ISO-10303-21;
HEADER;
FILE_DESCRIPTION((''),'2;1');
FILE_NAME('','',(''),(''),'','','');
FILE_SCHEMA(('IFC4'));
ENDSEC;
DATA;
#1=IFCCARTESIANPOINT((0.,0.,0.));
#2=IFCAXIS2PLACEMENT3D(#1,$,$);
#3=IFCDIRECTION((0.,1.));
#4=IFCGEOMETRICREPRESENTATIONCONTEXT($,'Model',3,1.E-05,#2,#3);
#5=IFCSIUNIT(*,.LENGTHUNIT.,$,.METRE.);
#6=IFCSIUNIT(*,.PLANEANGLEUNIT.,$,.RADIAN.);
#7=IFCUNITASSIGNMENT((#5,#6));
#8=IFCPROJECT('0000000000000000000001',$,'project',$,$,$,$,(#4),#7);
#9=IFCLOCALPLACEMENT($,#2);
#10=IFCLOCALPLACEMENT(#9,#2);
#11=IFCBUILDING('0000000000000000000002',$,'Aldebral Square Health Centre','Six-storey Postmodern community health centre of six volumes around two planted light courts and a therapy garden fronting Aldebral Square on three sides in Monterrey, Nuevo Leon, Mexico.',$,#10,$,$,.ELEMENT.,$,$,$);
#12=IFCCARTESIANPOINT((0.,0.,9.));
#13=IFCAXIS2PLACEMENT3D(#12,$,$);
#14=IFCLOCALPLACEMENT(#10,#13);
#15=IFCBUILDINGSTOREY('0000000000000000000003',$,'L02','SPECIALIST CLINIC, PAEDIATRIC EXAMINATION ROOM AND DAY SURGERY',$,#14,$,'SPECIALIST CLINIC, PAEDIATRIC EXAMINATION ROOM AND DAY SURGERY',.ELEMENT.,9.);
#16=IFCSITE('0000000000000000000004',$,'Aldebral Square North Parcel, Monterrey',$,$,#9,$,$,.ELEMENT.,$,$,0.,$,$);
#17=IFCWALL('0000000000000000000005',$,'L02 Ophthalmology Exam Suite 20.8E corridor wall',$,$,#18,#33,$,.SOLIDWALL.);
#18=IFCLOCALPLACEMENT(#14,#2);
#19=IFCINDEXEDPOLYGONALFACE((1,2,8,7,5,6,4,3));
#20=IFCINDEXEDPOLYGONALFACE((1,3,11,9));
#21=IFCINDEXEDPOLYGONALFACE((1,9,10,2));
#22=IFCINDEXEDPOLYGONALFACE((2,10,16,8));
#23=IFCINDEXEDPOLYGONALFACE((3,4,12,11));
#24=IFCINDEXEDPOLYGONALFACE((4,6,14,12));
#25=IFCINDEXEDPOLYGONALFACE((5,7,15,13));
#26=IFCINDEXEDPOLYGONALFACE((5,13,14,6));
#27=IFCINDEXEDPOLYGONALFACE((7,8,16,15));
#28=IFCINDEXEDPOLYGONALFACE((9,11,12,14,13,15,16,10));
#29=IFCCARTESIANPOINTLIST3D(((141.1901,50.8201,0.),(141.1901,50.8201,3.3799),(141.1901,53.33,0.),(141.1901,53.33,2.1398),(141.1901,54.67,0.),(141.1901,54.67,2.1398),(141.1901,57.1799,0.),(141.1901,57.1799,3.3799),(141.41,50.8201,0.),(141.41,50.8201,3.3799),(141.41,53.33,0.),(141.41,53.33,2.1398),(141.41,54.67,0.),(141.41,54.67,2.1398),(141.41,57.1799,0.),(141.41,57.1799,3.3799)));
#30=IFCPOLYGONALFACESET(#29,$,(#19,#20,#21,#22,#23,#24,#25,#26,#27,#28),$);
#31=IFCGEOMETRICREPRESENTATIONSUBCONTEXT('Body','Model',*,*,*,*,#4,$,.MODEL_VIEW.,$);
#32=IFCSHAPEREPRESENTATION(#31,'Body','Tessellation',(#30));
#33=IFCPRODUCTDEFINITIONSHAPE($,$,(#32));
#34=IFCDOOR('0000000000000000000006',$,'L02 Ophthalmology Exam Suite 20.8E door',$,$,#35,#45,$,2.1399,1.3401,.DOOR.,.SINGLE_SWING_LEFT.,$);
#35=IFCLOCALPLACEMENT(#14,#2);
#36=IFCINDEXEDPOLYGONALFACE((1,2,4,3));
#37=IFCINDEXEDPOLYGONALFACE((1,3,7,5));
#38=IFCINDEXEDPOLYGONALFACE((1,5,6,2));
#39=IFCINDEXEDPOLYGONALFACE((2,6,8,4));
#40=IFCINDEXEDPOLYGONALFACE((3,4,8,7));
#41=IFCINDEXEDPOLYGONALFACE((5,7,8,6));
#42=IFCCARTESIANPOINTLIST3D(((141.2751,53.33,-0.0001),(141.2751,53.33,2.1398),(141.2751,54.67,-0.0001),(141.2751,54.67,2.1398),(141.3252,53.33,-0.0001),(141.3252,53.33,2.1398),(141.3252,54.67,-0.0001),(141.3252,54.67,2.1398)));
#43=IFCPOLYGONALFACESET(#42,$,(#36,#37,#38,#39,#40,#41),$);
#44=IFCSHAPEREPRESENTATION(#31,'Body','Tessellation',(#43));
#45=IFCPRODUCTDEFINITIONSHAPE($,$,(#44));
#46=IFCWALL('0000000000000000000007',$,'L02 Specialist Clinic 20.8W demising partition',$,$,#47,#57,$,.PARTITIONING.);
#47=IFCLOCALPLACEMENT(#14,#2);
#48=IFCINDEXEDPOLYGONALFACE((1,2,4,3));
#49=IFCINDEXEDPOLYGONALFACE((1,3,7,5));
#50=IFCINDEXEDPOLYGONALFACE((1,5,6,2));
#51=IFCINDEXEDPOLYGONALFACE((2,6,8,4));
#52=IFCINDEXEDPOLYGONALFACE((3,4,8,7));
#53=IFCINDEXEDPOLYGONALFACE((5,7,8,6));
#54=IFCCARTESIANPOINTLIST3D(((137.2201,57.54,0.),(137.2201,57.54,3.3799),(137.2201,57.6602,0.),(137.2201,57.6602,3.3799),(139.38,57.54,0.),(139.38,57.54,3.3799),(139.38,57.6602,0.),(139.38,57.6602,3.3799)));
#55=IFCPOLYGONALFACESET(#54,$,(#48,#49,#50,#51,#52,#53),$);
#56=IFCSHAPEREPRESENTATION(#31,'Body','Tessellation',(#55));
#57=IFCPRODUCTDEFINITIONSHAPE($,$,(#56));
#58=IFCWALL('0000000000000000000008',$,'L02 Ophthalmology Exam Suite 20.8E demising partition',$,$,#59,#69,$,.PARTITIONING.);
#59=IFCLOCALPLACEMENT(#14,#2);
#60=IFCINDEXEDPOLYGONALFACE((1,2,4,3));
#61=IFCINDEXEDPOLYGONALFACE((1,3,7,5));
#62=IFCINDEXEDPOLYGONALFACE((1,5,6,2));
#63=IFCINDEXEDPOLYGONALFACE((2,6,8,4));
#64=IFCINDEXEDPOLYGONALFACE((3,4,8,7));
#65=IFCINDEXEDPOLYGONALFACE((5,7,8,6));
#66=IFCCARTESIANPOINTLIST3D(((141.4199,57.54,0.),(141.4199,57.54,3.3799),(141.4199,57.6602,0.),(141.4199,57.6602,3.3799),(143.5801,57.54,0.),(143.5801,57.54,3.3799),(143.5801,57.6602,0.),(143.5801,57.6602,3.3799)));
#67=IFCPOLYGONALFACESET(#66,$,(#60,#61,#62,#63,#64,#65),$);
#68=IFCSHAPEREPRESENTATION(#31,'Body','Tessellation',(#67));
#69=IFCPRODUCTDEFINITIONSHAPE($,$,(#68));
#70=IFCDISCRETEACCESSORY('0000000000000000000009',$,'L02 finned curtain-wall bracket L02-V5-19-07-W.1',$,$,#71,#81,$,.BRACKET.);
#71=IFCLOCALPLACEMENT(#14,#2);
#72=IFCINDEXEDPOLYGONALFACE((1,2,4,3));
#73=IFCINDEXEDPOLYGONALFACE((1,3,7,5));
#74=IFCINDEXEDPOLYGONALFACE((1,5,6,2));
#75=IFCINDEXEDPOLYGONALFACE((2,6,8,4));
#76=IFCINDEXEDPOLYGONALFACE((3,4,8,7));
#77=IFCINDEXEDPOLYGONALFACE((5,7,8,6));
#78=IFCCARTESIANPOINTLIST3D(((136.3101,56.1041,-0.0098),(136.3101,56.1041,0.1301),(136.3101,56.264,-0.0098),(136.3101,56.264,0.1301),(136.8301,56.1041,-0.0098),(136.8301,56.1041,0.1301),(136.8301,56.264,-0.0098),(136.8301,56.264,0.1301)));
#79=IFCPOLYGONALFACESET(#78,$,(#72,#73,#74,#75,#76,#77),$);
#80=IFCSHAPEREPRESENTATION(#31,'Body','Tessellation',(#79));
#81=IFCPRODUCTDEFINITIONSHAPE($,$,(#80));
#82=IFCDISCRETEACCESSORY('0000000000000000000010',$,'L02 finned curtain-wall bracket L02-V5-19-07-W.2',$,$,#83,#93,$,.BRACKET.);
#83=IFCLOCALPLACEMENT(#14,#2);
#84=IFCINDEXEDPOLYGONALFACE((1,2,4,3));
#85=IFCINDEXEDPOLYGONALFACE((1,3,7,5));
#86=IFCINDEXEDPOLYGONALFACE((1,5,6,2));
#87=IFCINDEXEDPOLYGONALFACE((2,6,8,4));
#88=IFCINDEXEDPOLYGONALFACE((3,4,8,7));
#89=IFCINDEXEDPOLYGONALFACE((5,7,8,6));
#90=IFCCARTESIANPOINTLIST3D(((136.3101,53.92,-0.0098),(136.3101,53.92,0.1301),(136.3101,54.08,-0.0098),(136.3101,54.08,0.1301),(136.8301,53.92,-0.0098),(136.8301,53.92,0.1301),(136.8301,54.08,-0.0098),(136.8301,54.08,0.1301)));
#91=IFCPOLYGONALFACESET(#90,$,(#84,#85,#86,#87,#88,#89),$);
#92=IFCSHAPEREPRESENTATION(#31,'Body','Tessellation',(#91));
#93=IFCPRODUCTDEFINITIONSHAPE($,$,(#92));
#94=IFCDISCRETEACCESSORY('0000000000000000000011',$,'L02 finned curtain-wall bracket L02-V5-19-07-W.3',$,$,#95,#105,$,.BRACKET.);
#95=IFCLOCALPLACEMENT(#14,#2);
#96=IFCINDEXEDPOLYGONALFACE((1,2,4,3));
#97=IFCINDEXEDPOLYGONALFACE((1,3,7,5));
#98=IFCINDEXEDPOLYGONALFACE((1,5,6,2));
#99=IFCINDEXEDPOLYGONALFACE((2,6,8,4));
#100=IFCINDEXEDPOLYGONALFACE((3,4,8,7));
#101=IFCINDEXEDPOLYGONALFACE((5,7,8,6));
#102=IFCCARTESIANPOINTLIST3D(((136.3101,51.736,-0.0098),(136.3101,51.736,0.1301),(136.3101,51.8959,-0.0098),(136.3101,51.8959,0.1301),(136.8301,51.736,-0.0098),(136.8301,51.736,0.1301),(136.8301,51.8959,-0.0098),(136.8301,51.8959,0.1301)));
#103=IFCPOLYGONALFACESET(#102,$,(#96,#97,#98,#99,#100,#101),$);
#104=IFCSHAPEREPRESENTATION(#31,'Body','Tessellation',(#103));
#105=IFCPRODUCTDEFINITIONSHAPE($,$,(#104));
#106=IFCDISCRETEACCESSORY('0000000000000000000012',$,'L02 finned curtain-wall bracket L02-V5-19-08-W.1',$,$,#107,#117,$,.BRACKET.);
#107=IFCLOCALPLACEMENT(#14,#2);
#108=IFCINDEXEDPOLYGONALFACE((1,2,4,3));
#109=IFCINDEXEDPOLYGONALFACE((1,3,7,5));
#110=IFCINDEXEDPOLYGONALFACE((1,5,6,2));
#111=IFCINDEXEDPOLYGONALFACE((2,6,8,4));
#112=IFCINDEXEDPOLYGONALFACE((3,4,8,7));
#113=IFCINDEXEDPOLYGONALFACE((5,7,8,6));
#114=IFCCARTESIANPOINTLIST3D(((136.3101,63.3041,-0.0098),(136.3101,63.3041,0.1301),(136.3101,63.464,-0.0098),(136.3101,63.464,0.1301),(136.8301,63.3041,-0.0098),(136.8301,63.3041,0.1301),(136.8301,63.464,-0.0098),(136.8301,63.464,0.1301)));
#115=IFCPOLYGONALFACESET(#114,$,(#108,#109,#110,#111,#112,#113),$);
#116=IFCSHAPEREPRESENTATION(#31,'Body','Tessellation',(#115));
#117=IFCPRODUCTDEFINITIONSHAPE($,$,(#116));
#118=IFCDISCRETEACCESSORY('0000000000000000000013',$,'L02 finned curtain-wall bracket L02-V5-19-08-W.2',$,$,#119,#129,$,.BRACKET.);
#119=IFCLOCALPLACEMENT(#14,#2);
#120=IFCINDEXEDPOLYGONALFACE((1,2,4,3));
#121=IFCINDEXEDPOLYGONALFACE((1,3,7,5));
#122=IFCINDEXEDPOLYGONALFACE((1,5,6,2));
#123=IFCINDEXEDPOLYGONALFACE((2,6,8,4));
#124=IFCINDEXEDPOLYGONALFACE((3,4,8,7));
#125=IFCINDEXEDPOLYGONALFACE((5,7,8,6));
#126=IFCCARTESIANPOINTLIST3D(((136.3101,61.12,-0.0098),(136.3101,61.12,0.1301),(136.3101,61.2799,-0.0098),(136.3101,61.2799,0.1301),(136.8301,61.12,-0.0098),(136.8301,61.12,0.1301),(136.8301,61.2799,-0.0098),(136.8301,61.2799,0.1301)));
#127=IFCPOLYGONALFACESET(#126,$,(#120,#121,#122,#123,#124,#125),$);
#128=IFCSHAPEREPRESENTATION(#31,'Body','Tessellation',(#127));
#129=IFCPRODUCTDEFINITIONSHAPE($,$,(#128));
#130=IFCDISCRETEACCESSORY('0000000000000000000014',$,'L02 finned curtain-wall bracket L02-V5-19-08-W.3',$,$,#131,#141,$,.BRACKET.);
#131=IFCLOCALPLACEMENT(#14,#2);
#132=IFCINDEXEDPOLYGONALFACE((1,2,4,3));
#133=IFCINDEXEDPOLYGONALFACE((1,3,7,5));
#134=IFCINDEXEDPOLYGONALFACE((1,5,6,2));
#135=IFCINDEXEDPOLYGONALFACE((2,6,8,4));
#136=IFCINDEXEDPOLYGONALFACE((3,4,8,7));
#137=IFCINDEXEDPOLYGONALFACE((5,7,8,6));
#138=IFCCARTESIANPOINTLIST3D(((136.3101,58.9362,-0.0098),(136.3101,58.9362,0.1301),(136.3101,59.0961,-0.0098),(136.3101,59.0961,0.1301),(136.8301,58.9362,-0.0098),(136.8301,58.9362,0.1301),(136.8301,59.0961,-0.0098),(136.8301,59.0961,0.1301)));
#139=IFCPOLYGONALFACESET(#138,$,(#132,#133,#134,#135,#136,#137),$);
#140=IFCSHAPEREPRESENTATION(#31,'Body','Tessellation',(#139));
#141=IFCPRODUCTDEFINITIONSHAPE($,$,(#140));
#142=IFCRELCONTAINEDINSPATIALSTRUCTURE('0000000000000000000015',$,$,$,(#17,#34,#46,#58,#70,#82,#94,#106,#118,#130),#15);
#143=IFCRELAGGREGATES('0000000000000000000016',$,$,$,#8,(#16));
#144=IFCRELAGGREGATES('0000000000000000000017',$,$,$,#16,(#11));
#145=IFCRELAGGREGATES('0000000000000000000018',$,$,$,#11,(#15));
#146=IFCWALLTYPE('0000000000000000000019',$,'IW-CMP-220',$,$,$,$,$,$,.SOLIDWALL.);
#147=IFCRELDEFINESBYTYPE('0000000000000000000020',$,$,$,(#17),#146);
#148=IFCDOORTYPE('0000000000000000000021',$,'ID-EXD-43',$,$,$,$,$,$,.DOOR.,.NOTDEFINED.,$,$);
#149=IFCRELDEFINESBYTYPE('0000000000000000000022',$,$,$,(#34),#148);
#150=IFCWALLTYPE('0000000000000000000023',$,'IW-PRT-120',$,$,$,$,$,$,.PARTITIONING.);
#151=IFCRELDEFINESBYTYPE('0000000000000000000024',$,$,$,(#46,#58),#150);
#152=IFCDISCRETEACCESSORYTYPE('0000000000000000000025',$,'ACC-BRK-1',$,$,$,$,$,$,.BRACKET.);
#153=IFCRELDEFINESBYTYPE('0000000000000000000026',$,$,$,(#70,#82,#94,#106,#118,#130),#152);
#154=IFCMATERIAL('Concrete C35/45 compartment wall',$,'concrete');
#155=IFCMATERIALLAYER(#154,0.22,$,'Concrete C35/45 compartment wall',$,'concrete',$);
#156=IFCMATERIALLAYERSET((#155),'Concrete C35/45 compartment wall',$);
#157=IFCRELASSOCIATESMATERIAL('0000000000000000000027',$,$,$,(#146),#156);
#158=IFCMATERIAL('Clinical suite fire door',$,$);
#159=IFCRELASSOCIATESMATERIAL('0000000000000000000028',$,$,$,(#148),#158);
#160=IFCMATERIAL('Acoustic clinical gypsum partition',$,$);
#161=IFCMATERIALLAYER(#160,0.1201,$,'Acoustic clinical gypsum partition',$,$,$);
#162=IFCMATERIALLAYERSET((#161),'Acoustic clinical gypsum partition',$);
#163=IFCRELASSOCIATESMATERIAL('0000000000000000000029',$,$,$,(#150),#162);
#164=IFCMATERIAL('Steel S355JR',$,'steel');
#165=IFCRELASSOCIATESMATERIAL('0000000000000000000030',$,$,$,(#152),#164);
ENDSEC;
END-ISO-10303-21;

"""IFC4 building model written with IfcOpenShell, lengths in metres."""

from ifc_helpers import new_model, si_unit, direction, frame, frame_2d, origin, origin_2d, place, context, subcontext, project, spatial, rectangle, extrude, material, layer, layer_set, type_object, element, fill, save


model = new_model("IFC4")

# Units and contexts
model_context = context("Model", 3, precision=1e-05, world=origin(), true_north=direction((0.0, 1.0)))
body_context = subcontext(model_context, "Body", "Model", "MODEL_VIEW")
ifc_project = project(units=[si_unit("LENGTHUNIT", "METRE"), si_unit("PLANEANGLEUNIT", "RADIAN")], contexts=[model_context])

# Site, building, storey
site_placement = place(None, origin())
site = spatial("IfcSite", under=ifc_project, at=site_placement, Name="Aldebral Square North Parcel, Monterrey", CompositionType="ELEMENT", RefElevation=0.0)
building_placement = place(site_placement, origin())
building = spatial("IfcBuilding", under=site, at=building_placement, Name="Aldebral Square Health Centre", Description="Six-storey Postmodern community health centre of six volumes around two planted light courts and a therapy garden fronting Aldebral Square on three sides in Monterrey, Nuevo Leon, Mexico.", CompositionType="ELEMENT")
storey_placement = place(building_placement, frame((0.0, 0.0, 9.0)))
storey = spatial("IfcBuildingStorey", under=building, at=storey_placement, Name="L02", Description="SPECIALIST CLINIC, PAEDIATRIC EXAMINATION ROOM AND DAY SURGERY", LongName="SPECIALIST CLINIC, PAEDIATRIC EXAMINATION ROOM AND DAY SURGERY", CompositionType="ELEMENT", Elevation=9.0)

# Wall, opening, door
ifc_material_1 = material(Name="Concrete C35/45 compartment wall", Category="concrete")
ifc_material_2 = material(Name="Clinical suite fire door")
ifc_layer_1 = layer(ifc_material_1, 0.22, Name="Concrete C35/45 compartment wall", Category="concrete")
ifc_layer_set_1 = layer_set([ifc_layer_1], Name="Concrete C35/45 compartment wall")
wall_type_1 = type_object("IfcWallType", Name="IW-CMP-220", PredefinedType="SOLIDWALL", material=ifc_layer_set_1)
wall_1_placement = place(storey_placement, frame((141.3, 50.8201, 0.0), z_axis=(0.0, 0.0, 1.0), x_axis=(0.0, 1.0, 0.0)))
wall_1 = element("IfcWall", 1, at=wall_1_placement, inside=storey, type_object=wall_type_1, Name="L02 Ophthalmology Exam Suite 20.8E corridor wall", PredefinedType="SOLIDWALL", context=body_context, shape_type="SweptSolid", body=[
    extrude(rectangle(XDim=6.3599, YDim=0.22, at=frame_2d((3.1799, 0.0))), origin(), (0.0, 0.0, 1.0), 3.3799),
])
opening_1_placement = place(wall_1_placement, frame((2.51, 0.0, 0.0)))
opening_1 = element("IfcOpeningElement", 2, at=opening_1_placement, cuts=wall_1, PredefinedType="OPENING", context=body_context, shape_type="SweptSolid", body=[
    extrude(rectangle(XDim=1.3401, YDim=2.1399, at=frame_2d((0.6699, 1.0698))), frame((0.0, 0.1201, 0.0), z_axis=(0.0, -1.0, 0.0), x_axis=(1.0, 0.0, 0.0)), (0.0, 0.0, 1.0), 0.24),
])
door_type_1 = type_object("IfcDoorType", Name="ID-EXD-43", OperationType="NOTDEFINED", PredefinedType="DOOR", material=ifc_material_2)
door_1_placement = place(opening_1_placement, origin())
door_1 = element("IfcDoor", 3, at=door_1_placement, inside=storey, type_object=door_type_1, Name="L02 Ophthalmology Exam Suite 20.8E door", OperationType="SINGLE_SWING_LEFT", OverallHeight=2.1399, OverallWidth=1.3401, PredefinedType="DOOR", context=body_context, shape_type="SweptSolid", body=[
    extrude(rectangle(XDim=1.3401, YDim=2.1399, at=frame_2d((0.6699, 1.0698))), frame((0.0, 0.0249, 0.0), z_axis=(0.0, -1.0, 0.0), x_axis=(1.0, 0.0, 0.0)), (0.0, 0.0, 1.0), 0.05),
])
fill(opening_1, door_1)

# Walls
ifc_material_3 = material(Name="Acoustic clinical gypsum partition")
ifc_layer_2 = layer(ifc_material_3, 0.1201, Name="Acoustic clinical gypsum partition")
ifc_layer_set_2 = layer_set([ifc_layer_2], Name="Acoustic clinical gypsum partition")
wall_type_2 = type_object("IfcWallType", Name="IW-PRT-120", PredefinedType="PARTITIONING", material=ifc_layer_set_2)
wall_2_placement = place(storey_placement, frame((137.22, 57.6001, 0.0), z_axis=(0.0, 0.0, 1.0), x_axis=(1.0, 0.0, 0.0)))
element("IfcWall", 4, at=wall_2_placement, inside=storey, type_object=wall_type_2, Name="L02 Specialist Clinic 20.8W demising partition", PredefinedType="PARTITIONING", context=body_context, shape_type="SweptSolid", body=[
    extrude(rectangle(XDim=2.1599, YDim=0.1201, at=frame_2d((1.0801, 0.0))), origin(), (0.0, 0.0, 1.0), 3.3799),
])
wall_3_placement = place(storey_placement, frame((141.4199, 57.6001, 0.0), z_axis=(0.0, 0.0, 1.0), x_axis=(1.0, 0.0, 0.0)))
element("IfcWall", 5, at=wall_3_placement, inside=storey, type_object=wall_type_2, Name="L02 Ophthalmology Exam Suite 20.8E demising partition", PredefinedType="PARTITIONING", context=body_context, shape_type="SweptSolid", body=[
    extrude(rectangle(XDim=2.1602, YDim=0.1201, at=frame_2d((1.0801, 0.0))), origin(), (0.0, 0.0, 1.0), 3.3799),
])

# Discrete accessories
ifc_material_4 = material(Name="Steel S355JR", Category="steel")
discrete_accessory_type = type_object("IfcDiscreteAccessoryType", Name="ACC-BRK-1", PredefinedType="BRACKET", material=ifc_material_4)
for number, where, z_axis, x_axis, name in (
    (6, (136.5701, 56.1841, -0.0098), (0.0, 0.0, 1.0), (0.0, 1.0, 0.0), "L02 finned curtain-wall bracket L02-V5-19-07-W.1"),
    (7, (136.5701, 54.0, -0.0098), (0.0, 0.0, 1.0), (0.0, 1.0, 0.0), "L02 finned curtain-wall bracket L02-V5-19-07-W.2"),
    (8, (136.5701, 51.8159, -0.0098), (0.0, 0.0, 1.0), (0.0, 1.0, 0.0), "L02 finned curtain-wall bracket L02-V5-19-07-W.3"),
    (9, (136.5701, 63.384, -0.0098), (0.0, 0.0, 1.0), (0.0, 1.0, 0.0), "L02 finned curtain-wall bracket L02-V5-19-08-W.1"),
    (10, (136.5701, 61.2, -0.0098), (0.0, 0.0, 1.0), (0.0, 1.0, 0.0), "L02 finned curtain-wall bracket L02-V5-19-08-W.2"),
    (11, (136.5701, 59.0161, -0.0098), (0.0, 0.0, 1.0), (0.0, 1.0, 0.0), "L02 finned curtain-wall bracket L02-V5-19-08-W.3"),
):
    element("IfcDiscreteAccessory", number, at=place(storey_placement, frame(where, z_axis=z_axis, x_axis=x_axis)), inside=storey, type_object=discrete_accessory_type, Name=name, PredefinedType="BRACKET", context=body_context, shape_type="SweptSolid", body=[
        extrude(rectangle(XDim=0.1599, YDim=0.52, at=origin_2d()), origin(), (0.0, 0.0, 1.0), 0.1399),
    ])

save(model, "model.ifc")
